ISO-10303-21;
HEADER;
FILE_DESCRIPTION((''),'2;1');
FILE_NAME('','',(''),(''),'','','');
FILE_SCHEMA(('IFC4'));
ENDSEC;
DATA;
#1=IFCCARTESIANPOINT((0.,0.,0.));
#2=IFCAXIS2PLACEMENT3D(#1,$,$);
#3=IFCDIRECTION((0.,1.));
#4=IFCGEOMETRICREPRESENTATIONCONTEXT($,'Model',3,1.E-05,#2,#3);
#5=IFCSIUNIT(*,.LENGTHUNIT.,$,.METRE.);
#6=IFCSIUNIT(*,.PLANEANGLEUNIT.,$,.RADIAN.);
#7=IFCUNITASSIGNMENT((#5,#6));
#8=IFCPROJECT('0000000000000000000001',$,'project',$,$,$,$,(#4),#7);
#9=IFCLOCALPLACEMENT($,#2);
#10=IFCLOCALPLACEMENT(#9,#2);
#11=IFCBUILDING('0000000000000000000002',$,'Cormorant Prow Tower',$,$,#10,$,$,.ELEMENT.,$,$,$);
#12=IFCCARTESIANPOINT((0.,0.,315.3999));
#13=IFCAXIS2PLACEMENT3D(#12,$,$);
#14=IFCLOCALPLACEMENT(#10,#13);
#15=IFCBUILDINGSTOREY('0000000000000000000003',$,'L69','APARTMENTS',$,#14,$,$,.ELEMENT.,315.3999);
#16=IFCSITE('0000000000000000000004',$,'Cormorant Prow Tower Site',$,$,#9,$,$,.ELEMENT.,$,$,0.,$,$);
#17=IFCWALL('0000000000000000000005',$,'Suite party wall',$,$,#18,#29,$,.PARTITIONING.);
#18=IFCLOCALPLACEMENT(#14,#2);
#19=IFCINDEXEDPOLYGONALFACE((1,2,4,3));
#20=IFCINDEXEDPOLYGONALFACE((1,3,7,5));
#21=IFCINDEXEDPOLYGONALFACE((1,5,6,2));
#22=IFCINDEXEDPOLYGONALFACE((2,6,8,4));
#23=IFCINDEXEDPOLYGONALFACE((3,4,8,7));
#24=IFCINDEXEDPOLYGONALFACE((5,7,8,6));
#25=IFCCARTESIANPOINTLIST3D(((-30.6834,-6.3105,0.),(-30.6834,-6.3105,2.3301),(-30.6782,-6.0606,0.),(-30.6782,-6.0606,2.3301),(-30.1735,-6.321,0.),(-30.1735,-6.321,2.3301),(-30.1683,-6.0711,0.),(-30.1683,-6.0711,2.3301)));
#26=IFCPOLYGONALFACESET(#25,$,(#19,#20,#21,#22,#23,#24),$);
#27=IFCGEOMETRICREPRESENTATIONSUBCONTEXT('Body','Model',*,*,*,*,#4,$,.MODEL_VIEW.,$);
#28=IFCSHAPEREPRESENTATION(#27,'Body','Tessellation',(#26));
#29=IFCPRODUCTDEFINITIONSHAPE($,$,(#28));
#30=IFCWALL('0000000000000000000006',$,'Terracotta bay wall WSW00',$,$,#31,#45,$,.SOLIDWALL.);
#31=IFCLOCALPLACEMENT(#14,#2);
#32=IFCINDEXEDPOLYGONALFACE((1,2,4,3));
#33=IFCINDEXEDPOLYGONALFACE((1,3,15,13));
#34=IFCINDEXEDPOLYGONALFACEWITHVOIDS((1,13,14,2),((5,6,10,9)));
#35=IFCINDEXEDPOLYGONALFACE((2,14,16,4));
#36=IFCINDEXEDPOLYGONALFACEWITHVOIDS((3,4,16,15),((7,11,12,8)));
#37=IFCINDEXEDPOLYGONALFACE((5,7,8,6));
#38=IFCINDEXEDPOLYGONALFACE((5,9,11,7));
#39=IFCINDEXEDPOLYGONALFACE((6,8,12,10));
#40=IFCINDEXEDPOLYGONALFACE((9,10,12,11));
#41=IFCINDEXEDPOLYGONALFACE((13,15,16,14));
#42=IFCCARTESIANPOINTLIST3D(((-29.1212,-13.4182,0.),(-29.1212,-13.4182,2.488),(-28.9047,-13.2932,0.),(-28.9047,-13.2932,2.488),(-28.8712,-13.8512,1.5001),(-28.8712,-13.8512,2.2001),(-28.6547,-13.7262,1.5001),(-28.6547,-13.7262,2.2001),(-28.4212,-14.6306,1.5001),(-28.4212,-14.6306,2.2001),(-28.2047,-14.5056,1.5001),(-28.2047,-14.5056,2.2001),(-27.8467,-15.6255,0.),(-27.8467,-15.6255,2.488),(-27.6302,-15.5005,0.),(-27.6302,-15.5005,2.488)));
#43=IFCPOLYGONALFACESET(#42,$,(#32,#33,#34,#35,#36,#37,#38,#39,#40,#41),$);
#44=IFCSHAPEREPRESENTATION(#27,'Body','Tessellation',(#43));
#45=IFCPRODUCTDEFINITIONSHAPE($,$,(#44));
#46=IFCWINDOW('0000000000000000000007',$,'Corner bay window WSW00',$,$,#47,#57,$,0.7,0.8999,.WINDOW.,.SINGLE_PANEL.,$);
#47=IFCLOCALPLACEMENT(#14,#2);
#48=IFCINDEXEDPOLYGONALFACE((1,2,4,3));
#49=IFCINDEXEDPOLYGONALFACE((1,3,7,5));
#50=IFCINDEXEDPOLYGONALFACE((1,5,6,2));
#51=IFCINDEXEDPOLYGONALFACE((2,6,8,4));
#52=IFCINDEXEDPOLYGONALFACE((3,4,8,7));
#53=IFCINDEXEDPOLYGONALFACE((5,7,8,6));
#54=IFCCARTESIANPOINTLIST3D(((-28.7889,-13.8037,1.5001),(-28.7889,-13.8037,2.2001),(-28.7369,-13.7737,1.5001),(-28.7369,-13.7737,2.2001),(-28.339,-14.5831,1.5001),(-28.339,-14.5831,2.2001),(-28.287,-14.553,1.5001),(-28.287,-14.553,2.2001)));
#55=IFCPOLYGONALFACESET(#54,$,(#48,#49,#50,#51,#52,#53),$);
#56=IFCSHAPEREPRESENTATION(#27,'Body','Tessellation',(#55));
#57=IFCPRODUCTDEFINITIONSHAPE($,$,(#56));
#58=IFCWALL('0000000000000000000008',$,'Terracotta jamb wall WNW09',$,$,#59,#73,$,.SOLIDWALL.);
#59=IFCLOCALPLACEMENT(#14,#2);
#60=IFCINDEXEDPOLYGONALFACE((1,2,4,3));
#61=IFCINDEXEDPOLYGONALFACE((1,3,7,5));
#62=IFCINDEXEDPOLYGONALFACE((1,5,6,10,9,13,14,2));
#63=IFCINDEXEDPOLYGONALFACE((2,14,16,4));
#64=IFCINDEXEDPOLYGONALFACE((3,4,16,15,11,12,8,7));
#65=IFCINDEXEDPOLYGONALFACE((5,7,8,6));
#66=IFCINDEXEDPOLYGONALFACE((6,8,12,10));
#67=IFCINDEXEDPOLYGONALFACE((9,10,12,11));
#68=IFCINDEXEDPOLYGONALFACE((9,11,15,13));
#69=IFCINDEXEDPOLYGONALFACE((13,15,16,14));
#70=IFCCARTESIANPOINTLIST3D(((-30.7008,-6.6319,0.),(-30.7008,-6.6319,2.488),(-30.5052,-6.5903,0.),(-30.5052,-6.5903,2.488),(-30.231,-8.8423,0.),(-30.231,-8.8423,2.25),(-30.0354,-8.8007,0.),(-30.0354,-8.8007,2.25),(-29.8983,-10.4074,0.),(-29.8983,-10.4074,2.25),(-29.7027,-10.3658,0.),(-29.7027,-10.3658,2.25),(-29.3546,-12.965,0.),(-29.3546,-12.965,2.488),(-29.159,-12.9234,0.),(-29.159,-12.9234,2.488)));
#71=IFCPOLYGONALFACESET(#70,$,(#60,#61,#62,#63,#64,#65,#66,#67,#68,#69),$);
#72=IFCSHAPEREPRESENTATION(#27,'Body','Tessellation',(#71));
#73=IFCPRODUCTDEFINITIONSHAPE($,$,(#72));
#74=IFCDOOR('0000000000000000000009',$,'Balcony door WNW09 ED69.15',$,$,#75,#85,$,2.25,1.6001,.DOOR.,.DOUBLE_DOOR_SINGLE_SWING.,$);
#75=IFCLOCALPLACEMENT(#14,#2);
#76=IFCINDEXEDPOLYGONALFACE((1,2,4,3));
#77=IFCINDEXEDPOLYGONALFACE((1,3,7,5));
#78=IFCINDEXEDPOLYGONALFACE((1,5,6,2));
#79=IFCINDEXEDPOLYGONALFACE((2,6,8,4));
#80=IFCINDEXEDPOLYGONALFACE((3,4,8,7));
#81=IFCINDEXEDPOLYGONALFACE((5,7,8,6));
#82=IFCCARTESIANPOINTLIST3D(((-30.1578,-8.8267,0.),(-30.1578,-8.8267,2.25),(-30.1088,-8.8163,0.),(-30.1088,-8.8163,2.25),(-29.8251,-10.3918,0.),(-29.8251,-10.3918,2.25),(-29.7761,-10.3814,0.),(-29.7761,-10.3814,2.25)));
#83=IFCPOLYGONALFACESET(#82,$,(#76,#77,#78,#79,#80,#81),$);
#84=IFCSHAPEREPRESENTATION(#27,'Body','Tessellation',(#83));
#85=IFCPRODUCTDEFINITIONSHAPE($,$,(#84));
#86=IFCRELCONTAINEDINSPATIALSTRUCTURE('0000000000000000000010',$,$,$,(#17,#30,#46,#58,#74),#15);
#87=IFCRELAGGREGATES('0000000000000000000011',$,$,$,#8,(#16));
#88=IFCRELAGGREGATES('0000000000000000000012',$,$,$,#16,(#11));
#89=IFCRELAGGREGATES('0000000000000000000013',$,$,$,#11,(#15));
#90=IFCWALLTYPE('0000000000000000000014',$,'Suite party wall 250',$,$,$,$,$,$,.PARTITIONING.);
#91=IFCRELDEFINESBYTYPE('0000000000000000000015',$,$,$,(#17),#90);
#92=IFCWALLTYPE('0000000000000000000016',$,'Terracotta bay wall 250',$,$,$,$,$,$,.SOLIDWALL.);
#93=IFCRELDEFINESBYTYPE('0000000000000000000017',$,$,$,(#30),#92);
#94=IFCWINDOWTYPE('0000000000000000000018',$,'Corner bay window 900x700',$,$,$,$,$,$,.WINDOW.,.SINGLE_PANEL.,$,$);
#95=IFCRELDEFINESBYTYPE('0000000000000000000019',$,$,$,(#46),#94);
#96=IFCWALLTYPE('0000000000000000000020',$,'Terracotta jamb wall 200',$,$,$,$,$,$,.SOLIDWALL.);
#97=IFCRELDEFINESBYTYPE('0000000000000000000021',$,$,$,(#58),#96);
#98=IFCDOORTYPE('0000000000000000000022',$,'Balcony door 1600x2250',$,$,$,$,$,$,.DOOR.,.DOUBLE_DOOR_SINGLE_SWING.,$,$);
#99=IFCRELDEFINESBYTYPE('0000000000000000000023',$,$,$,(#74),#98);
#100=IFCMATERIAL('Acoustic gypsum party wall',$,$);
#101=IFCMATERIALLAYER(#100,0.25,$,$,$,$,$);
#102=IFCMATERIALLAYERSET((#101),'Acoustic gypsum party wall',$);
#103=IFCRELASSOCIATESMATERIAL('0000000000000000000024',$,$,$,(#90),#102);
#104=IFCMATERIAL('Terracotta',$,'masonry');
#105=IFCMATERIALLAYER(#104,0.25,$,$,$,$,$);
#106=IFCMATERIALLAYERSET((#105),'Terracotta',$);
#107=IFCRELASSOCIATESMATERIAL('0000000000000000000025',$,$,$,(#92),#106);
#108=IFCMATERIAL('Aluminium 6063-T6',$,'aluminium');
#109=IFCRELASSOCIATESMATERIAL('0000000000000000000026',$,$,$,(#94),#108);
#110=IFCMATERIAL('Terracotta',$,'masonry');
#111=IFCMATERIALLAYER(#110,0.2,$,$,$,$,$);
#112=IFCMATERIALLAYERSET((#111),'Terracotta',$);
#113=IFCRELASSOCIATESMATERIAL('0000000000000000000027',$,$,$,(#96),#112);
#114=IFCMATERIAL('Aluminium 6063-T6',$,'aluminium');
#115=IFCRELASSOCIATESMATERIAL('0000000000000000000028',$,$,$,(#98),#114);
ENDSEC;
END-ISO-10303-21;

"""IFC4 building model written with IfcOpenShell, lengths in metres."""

from ifc_helpers import new_model, si_unit, direction, frame, frame_2d, origin, place, context, subcontext, project, spatial, rectangle, extrude, material, layer, layer_set, type_object, element, fill, save


model = new_model("IFC4")

# Units and contexts
model_context = context("Model", 3, precision=1e-05, world=origin(), true_north=direction((0.0, 1.0)))
body_context = subcontext(model_context, "Body", "Model", "MODEL_VIEW")
ifc_project = project(units=[si_unit("LENGTHUNIT", "METRE"), si_unit("PLANEANGLEUNIT", "RADIAN")], contexts=[model_context])

# Site, building, storey
site_placement = place(None, origin())
site = spatial("IfcSite", under=ifc_project, at=site_placement, Name="Cormorant Prow Tower Site", CompositionType="ELEMENT", RefElevation=0.0)
building_placement = place(site_placement, origin())
building = spatial("IfcBuilding", under=site, at=building_placement, Name="Cormorant Prow Tower", CompositionType="ELEMENT")
storey_placement = place(building_placement, frame((0.0, 0.0, 315.3999)))
storey = spatial("IfcBuildingStorey", under=building, at=storey_placement, Name="L69", Description="APARTMENTS", CompositionType="ELEMENT", Elevation=315.3999)

# Wall
ifc_material_1 = material(Name="Acoustic gypsum party wall")
ifc_layer_1 = layer(ifc_material_1, 0.25)
ifc_layer_set_1 = layer_set([ifc_layer_1], Name="Acoustic gypsum party wall")
wall_type_1 = type_object("IfcWallType", Name="Suite party wall 250", PredefinedType="PARTITIONING", material=ifc_layer_set_1)
wall_1_placement = place(storey_placement, frame((-30.6807, -6.1855, 0.0), z_axis=(0.0, 0.0, 1.0), x_axis=(0.999788, -0.02058, 0.0)))
element("IfcWall", 1, at=wall_1_placement, inside=storey, type_object=wall_type_1, Name="Suite party wall", PredefinedType="PARTITIONING", context=body_context, shape_type="SweptSolid", body=[
    extrude(rectangle(XDim=0.51, YDim=0.25, at=frame_2d((0.2549, 0.0))), origin(), (0.0, 0.0, 1.0), 2.3301),
])

# Wall, opening, window
ifc_material_2 = material(Name="Terracotta", Category="masonry")
ifc_layer_2 = layer(ifc_material_2, 0.25)
ifc_layer_set_2 = layer_set([ifc_layer_2], Name="Terracotta")
wall_type_2 = type_object("IfcWallType", Name="Terracotta bay wall 250", PredefinedType="SOLIDWALL", material=ifc_layer_set_2)
wall_2_placement = place(storey_placement, frame((-29.0129, -13.3557, 0.0), z_axis=(0.0, 0.0, 1.0), x_axis=(0.500013, -0.866018, 0.0)))
wall_2 = element("IfcWall", 2, at=wall_2_placement, inside=storey, type_object=wall_type_2, Name="Terracotta bay wall WSW00", PredefinedType="SOLIDWALL", context=body_context, shape_type="SweptSolid", body=[
    extrude(rectangle(XDim=2.5488, YDim=0.25, at=frame_2d((1.2744, 0.0))), origin(), (0.0, 0.0, 1.0), 2.488),
])
opening_1_placement = place(wall_2_placement, frame((0.5, 0.0, 1.5)))
opening_1 = element("IfcOpeningElement", 3, at=opening_1_placement, cuts=wall_2, PredefinedType="OPENING", context=body_context, shape_type="SweptSolid", body=[
    extrude(rectangle(XDim=0.8999, YDim=0.7, at=frame_2d((0.45, 0.3501))), frame((0.0, 0.135, 0.0), z_axis=(0.0, -1.0, 0.0), x_axis=(1.0, 0.0, 0.0)), (0.0, 0.0, 1.0), 0.27),
])
ifc_material_3 = material(Name="Aluminium 6063-T6", Category="aluminium")
window_type = type_object("IfcWindowType", Name="Corner bay window 900x700", PartitioningType="SINGLE_PANEL", PredefinedType="WINDOW", material=ifc_material_3)
window_placement = place(opening_1_placement, origin())
window = element("IfcWindow", 4, at=window_placement, inside=storey, type_object=window_type, Name="Corner bay window WSW00", OverallHeight=0.7, OverallWidth=0.8999, PartitioningType="SINGLE_PANEL", PredefinedType="WINDOW", context=body_context, shape_type="SweptSolid", body=[
    extrude(rectangle(XDim=0.8999, YDim=0.7, at=frame_2d((0.45, 0.3501))), frame((0.0, 0.03, 0.0), z_axis=(0.0, -1.0, 0.0), x_axis=(1.0, 0.0, 0.0)), (0.0, 0.0, 1.0), 0.0601),
])
fill(opening_1, window)

# Wall, opening, door
ifc_material_4 = material(Name="Terracotta", Category="masonry")
ifc_layer_3 = layer(ifc_material_4, 0.2)
ifc_layer_set_3 = layer_set([ifc_layer_3], Name="Terracotta")
wall_type_3 = type_object("IfcWallType", Name="Terracotta jamb wall 200", PredefinedType="SOLIDWALL", material=ifc_layer_set_3)
wall_3_placement = place(storey_placement, frame((-30.603, -6.6111, 0.0), z_axis=(0.0, 0.0, 1.0), x_axis=(0.207922, -0.978145, 0.0)))
wall_3 = element("IfcWall", 5, at=wall_3_placement, inside=storey, type_object=wall_type_3, Name="Terracotta jamb wall WNW09", PredefinedType="SOLIDWALL", context=body_context, shape_type="SweptSolid", body=[
    extrude(rectangle(XDim=6.4746, YDim=0.2, at=frame_2d((3.2373, 0.0))), origin(), (0.0, 0.0, 1.0), 2.488),
])
opening_2_placement = place(wall_3_placement, frame((2.2598, 0.0, 0.0)))
opening_2 = element("IfcOpeningElement", 6, at=opening_2_placement, cuts=wall_3, PredefinedType="OPENING", context=body_context, shape_type="SweptSolid", body=[
    extrude(rectangle(XDim=1.6001, YDim=2.25, at=frame_2d((0.8, 1.125))), frame((0.0, 0.1099, 0.0), z_axis=(0.0, -1.0, 0.0), x_axis=(1.0, 0.0, 0.0)), (0.0, 0.0, 1.0), 0.22),
])
ifc_material_5 = material(Name="Aluminium 6063-T6", Category="aluminium")
door_type_1 = type_object("IfcDoorType", Name="Balcony door 1600x2250", OperationType="DOUBLE_DOOR_SINGLE_SWING", PredefinedType="DOOR", material=ifc_material_5)
door_1_placement = place(opening_2_placement, origin())
door_1 = element("IfcDoor", 7, at=door_1_placement, inside=storey, type_object=door_type_1, Name="Balcony door WNW09 ED69.15", OperationType="DOUBLE_DOOR_SINGLE_SWING", OverallHeight=2.25, OverallWidth=1.6001, PredefinedType="DOOR", context=body_context, shape_type="SweptSolid", body=[
    extrude(rectangle(XDim=1.6001, YDim=2.25, at=frame_2d((0.8, 1.125))), frame((0.0, 0.0249, 0.0), z_axis=(0.0, -1.0, 0.0), x_axis=(1.0, 0.0, 0.0)), (0.0, 0.0, 1.0), 0.05),
])
fill(opening_2, door_1)

save(model, "model.ifc")
